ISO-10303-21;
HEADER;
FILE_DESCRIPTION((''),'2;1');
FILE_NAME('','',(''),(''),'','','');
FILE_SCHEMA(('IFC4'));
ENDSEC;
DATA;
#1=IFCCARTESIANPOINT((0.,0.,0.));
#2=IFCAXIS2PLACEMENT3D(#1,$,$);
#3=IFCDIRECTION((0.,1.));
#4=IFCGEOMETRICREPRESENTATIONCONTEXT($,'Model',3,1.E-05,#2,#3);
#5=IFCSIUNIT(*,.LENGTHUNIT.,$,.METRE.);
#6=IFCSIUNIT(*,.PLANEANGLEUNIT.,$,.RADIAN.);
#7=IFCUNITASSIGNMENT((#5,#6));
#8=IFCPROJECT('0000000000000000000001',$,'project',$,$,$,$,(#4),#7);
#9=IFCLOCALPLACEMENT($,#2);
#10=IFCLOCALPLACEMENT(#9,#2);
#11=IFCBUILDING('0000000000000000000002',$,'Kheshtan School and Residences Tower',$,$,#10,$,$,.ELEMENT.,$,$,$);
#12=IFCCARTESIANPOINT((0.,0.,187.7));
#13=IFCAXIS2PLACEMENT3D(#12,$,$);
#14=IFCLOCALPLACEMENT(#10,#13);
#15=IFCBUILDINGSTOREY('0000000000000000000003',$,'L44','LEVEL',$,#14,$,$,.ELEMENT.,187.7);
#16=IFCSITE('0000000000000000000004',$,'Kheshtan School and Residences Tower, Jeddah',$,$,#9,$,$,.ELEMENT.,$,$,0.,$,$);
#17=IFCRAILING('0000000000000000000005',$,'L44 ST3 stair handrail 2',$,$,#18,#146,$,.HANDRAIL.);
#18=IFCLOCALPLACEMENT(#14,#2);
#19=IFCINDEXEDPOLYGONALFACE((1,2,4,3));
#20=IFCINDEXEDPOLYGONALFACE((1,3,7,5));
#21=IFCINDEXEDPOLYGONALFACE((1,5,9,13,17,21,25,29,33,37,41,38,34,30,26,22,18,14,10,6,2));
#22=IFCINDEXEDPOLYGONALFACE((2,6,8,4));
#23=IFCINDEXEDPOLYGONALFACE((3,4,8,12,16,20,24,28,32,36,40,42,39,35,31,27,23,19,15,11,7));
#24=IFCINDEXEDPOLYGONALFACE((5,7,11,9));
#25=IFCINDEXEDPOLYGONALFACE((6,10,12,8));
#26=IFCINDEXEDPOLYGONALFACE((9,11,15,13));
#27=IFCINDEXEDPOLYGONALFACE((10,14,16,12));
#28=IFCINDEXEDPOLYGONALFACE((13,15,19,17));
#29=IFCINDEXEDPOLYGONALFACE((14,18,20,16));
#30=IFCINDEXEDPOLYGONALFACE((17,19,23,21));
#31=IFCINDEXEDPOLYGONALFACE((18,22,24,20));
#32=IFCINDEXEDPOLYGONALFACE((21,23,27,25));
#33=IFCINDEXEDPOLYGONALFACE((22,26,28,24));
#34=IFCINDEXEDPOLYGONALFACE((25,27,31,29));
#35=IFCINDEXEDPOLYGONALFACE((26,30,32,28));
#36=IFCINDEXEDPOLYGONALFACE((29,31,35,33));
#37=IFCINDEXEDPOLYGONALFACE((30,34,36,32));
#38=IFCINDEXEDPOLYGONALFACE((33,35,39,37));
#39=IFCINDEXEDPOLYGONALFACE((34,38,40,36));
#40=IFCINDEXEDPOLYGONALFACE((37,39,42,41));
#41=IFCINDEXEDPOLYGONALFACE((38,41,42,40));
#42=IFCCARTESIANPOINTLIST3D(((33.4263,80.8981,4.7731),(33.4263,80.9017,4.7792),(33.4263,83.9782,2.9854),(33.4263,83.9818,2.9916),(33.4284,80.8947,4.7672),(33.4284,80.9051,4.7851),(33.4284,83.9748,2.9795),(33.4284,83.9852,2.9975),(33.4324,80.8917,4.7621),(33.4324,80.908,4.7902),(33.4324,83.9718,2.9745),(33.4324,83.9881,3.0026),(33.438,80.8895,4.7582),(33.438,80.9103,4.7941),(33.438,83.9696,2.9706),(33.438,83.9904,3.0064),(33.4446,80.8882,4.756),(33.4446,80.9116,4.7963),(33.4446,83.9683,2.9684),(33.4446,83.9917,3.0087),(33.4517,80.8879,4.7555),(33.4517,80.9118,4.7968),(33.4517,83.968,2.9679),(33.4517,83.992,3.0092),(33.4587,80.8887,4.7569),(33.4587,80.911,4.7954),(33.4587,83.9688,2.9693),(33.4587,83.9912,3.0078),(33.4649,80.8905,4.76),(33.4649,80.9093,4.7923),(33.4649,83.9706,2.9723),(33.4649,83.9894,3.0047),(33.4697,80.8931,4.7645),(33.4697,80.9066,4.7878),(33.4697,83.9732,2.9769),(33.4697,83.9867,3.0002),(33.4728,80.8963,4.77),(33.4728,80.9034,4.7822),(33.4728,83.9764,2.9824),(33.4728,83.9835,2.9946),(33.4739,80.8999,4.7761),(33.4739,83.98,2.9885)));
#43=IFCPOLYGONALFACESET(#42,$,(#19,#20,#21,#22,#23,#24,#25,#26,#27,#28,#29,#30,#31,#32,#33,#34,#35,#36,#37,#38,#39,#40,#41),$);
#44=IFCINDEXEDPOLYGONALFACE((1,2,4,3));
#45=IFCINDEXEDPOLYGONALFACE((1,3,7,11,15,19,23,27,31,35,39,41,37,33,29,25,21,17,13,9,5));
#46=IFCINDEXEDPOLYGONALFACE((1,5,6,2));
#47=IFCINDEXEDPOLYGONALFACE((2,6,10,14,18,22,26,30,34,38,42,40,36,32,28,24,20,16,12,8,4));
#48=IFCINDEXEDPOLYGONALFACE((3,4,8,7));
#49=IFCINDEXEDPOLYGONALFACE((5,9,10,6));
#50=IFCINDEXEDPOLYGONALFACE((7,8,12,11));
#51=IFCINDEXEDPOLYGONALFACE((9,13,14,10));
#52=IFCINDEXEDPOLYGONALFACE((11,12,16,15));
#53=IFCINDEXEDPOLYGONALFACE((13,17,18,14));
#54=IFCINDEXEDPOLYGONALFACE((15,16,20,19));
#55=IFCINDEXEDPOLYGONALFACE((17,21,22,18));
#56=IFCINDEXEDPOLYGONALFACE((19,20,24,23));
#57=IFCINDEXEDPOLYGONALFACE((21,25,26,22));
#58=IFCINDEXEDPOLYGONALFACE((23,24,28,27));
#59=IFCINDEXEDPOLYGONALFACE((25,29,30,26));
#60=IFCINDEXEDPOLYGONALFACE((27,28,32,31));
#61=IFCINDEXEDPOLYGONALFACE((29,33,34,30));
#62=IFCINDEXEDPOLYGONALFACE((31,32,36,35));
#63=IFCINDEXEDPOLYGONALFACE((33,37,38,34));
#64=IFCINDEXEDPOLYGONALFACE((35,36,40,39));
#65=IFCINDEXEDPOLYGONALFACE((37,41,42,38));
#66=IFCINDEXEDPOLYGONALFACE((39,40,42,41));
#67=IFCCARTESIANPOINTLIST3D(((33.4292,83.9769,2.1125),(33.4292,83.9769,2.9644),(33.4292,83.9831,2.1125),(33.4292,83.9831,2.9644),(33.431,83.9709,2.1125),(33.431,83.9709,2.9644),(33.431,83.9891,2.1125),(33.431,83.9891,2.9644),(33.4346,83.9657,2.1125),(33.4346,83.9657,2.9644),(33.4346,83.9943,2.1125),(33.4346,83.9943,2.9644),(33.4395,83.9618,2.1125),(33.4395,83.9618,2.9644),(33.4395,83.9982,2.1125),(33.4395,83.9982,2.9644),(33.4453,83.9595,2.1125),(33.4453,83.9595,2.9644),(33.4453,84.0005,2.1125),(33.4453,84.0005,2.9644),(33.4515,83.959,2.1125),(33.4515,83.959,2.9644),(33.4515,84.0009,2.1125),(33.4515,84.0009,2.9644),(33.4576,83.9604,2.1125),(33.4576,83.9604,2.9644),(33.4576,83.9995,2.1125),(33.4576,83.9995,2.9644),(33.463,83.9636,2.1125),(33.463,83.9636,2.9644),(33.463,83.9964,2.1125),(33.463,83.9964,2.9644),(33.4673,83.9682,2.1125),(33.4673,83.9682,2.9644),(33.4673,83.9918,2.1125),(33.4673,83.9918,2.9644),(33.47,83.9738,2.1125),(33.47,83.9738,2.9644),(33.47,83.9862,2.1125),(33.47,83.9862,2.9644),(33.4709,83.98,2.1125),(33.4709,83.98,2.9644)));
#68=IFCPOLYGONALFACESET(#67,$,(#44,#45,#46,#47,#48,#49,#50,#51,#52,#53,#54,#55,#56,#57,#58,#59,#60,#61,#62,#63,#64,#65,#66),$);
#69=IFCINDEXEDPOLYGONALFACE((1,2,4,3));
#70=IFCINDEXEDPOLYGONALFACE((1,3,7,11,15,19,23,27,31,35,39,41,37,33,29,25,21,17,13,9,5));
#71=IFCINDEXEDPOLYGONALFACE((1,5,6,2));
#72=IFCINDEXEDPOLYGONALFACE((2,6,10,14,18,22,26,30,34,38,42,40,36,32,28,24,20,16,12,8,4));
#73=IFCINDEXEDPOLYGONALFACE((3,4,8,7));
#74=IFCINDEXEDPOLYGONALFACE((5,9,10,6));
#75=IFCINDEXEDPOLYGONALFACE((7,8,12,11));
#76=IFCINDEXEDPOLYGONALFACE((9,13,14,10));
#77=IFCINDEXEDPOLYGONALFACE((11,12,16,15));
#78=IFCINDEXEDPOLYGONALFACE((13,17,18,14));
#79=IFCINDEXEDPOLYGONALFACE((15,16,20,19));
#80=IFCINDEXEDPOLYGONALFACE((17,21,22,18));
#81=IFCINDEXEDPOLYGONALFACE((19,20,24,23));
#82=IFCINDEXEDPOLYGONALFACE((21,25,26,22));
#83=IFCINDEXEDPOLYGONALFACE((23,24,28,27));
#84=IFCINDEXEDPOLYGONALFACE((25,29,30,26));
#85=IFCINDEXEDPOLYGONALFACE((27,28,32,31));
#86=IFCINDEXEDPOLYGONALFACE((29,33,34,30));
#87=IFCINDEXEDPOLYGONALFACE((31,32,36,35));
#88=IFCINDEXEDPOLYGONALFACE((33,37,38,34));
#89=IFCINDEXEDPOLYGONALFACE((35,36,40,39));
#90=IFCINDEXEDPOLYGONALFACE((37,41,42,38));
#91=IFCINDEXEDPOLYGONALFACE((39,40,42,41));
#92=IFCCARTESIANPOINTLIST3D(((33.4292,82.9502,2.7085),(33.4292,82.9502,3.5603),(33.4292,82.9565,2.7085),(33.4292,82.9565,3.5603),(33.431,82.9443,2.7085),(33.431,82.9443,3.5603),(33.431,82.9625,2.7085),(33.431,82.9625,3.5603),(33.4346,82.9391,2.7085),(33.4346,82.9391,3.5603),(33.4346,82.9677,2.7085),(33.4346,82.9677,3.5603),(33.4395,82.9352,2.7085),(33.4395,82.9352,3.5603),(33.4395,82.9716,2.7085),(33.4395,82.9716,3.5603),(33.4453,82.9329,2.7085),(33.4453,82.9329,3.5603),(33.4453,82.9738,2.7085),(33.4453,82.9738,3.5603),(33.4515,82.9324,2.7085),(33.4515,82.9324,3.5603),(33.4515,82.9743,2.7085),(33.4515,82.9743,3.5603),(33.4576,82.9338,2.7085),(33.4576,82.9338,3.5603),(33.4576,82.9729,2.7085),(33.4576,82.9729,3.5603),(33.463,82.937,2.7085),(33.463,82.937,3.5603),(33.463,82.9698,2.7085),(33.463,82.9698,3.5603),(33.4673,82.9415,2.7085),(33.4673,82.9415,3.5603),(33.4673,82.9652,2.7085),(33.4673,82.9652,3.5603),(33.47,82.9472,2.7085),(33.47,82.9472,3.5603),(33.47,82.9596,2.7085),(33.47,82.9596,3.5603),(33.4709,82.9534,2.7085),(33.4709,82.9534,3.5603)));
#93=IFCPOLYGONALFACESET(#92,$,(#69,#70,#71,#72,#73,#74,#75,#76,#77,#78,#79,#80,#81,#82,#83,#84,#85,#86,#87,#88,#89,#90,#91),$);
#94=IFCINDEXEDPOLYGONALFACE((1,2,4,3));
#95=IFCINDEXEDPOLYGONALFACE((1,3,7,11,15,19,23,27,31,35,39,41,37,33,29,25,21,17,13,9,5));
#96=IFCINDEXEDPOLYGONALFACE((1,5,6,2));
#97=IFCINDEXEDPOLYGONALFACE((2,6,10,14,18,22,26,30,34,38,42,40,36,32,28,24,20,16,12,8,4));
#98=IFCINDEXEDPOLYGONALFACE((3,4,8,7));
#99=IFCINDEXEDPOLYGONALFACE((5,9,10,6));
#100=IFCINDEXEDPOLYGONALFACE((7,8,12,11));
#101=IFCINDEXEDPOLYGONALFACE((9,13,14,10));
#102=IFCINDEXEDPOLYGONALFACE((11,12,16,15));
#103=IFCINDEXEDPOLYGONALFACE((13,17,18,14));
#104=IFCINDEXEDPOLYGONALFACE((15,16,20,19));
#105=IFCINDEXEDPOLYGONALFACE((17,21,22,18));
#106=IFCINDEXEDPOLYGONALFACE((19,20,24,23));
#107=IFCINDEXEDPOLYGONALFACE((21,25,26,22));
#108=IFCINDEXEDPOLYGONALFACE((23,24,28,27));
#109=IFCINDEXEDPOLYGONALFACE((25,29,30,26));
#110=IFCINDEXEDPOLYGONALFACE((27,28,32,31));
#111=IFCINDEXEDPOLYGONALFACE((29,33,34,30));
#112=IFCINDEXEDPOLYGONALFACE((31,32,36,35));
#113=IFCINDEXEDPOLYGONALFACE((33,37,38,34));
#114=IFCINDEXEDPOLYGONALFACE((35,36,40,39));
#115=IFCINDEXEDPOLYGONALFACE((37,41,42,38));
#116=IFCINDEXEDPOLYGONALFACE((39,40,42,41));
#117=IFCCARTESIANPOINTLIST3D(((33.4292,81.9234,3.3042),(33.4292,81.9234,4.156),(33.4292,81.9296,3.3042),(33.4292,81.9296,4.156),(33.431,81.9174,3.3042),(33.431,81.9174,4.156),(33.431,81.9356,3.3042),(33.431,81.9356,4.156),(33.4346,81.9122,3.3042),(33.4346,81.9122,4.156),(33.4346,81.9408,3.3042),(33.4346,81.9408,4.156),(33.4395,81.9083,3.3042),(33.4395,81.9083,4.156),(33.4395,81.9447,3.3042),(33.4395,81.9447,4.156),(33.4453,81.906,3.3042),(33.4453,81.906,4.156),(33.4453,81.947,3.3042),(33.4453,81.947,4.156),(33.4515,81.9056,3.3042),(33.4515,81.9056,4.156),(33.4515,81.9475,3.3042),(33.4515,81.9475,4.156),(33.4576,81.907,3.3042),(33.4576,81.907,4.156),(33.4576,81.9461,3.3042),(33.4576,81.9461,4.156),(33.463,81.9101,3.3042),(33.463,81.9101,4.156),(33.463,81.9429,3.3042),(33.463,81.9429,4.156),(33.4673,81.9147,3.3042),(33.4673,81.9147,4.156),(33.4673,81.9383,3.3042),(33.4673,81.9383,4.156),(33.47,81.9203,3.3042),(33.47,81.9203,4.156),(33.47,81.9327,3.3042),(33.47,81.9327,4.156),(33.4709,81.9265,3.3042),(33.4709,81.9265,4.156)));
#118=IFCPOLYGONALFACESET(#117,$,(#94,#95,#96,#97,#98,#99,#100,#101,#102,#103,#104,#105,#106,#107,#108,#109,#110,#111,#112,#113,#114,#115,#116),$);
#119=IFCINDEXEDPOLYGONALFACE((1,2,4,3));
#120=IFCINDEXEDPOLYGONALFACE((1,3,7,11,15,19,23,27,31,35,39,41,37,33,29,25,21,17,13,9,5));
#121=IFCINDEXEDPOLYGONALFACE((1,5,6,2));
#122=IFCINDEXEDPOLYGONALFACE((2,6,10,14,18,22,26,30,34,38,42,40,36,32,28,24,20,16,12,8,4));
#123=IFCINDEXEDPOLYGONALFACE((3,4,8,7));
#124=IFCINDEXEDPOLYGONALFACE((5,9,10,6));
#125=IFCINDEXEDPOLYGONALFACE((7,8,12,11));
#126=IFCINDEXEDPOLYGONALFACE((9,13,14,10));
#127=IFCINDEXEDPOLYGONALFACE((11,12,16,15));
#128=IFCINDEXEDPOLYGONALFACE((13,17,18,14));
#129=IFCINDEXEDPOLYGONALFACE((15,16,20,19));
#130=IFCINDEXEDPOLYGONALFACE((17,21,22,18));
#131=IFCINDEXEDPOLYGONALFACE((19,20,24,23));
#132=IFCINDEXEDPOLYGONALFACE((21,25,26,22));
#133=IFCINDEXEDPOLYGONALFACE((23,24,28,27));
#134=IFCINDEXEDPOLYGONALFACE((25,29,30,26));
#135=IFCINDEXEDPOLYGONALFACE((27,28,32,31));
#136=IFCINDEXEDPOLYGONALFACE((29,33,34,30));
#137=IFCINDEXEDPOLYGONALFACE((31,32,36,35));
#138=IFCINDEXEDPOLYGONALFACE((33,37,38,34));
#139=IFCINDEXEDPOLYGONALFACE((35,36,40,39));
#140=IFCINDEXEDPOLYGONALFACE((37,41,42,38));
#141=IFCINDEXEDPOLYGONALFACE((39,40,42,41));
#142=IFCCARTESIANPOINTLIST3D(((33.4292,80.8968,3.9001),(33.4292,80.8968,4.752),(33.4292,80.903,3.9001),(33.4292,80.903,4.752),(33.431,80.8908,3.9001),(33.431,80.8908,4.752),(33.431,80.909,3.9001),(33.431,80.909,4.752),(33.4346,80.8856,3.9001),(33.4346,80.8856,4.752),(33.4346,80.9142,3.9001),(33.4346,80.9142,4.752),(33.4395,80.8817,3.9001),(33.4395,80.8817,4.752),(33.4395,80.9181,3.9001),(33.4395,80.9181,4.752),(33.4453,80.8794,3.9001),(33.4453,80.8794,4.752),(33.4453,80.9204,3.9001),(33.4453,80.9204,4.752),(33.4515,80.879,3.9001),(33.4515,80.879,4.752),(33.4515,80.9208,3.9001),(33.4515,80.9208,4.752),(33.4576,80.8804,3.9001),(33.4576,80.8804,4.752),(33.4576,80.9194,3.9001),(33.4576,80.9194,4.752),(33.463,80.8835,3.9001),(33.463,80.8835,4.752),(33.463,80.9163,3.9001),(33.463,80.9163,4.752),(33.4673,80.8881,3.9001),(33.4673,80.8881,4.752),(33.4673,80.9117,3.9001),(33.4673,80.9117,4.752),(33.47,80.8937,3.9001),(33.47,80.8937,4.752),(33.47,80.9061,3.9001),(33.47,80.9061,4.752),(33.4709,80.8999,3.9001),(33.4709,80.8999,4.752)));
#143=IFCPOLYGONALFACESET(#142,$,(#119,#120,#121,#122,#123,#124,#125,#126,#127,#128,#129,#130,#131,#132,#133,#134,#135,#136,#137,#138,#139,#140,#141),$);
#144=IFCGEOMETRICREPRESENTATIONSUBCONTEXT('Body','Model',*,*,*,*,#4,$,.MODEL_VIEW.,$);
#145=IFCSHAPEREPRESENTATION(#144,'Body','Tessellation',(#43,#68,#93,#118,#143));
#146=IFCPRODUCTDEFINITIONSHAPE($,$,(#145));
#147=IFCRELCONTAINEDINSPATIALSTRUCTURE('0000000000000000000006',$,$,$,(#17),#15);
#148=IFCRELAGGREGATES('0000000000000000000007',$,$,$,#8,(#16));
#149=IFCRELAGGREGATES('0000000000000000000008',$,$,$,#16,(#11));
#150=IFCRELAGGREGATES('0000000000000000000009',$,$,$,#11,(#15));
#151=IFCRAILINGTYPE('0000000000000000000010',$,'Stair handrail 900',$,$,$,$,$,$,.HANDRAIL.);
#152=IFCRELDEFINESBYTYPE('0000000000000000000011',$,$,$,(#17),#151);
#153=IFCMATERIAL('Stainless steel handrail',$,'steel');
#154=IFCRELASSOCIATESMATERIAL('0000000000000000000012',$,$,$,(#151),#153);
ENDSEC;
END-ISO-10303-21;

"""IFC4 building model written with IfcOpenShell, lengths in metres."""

from ifc_helpers import new_model, si_unit, direction, frame, origin, origin_2d, place, context, subcontext, project, spatial, circle, extrude, material, type_object, element, save


model = new_model("IFC4")

# Units and contexts
model_context = context("Model", 3, precision=1e-05, world=origin(), true_north=direction((0.0, 1.0)))
body_context = subcontext(model_context, "Body", "Model", "MODEL_VIEW")
ifc_project = project(units=[si_unit("LENGTHUNIT", "METRE"), si_unit("PLANEANGLEUNIT", "RADIAN")], contexts=[model_context])

# Site, building, storey
site_placement = place(None, origin())
site = spatial("IfcSite", under=ifc_project, at=site_placement, Name="Kheshtan School and Residences Tower, Jeddah", CompositionType="ELEMENT", RefElevation=0.0)
building_placement = place(site_placement, origin())
building = spatial("IfcBuilding", under=site, at=building_placement, Name="Kheshtan School and Residences Tower", CompositionType="ELEMENT")
storey_placement = place(building_placement, frame((0.0, 0.0, 187.7)))
storey = spatial("IfcBuildingStorey", under=building, at=storey_placement, Name="L44", Description="LEVEL", CompositionType="ELEMENT", Elevation=187.7)

# Railing
ifc_material_1 = material(Name="Stainless steel handrail", Category="steel")
railing_type_1 = type_object("IfcRailingType", Name="Stair handrail 900", PredefinedType="HANDRAIL", material=ifc_material_1)
railing_1_placement = place(storey_placement, frame((33.45, 83.98, 2.1125)))
element("IfcRailing", 1, at=railing_1_placement, inside=storey, type_object=railing_type_1, Name="L44 ST3 stair handrail 2", PredefinedType="HANDRAIL", context=body_context, shape_type="SweptSolid", body=[
    extrude(circle(Radius=0.0239, at=origin_2d()), frame((0.0, 0.0, 0.876), z_axis=(0.0, -0.864891, 0.50196), x_axis=(1.0, 0.0, 0.0)), (0.0, 0.0, 1.0), 3.5613),
    extrude(circle(Radius=0.021, at=origin_2d()), origin(), (0.0, 0.0, 1.0), 0.8518),
    extrude(circle(Radius=0.021, at=origin_2d()), frame((0.0, -1.0266, 0.5959)), (0.0, 0.0, 1.0), 0.8518),
    extrude(circle(Radius=0.021, at=origin_2d()), frame((0.0, -2.0535, 1.1917)), (0.0, 0.0, 1.0), 0.8518),
    extrude(circle(Radius=0.021, at=origin_2d()), frame((0.0, -3.0801, 1.7876)), (0.0, 0.0, 1.0), 0.8518),
])

save(model, "model.ifc")
